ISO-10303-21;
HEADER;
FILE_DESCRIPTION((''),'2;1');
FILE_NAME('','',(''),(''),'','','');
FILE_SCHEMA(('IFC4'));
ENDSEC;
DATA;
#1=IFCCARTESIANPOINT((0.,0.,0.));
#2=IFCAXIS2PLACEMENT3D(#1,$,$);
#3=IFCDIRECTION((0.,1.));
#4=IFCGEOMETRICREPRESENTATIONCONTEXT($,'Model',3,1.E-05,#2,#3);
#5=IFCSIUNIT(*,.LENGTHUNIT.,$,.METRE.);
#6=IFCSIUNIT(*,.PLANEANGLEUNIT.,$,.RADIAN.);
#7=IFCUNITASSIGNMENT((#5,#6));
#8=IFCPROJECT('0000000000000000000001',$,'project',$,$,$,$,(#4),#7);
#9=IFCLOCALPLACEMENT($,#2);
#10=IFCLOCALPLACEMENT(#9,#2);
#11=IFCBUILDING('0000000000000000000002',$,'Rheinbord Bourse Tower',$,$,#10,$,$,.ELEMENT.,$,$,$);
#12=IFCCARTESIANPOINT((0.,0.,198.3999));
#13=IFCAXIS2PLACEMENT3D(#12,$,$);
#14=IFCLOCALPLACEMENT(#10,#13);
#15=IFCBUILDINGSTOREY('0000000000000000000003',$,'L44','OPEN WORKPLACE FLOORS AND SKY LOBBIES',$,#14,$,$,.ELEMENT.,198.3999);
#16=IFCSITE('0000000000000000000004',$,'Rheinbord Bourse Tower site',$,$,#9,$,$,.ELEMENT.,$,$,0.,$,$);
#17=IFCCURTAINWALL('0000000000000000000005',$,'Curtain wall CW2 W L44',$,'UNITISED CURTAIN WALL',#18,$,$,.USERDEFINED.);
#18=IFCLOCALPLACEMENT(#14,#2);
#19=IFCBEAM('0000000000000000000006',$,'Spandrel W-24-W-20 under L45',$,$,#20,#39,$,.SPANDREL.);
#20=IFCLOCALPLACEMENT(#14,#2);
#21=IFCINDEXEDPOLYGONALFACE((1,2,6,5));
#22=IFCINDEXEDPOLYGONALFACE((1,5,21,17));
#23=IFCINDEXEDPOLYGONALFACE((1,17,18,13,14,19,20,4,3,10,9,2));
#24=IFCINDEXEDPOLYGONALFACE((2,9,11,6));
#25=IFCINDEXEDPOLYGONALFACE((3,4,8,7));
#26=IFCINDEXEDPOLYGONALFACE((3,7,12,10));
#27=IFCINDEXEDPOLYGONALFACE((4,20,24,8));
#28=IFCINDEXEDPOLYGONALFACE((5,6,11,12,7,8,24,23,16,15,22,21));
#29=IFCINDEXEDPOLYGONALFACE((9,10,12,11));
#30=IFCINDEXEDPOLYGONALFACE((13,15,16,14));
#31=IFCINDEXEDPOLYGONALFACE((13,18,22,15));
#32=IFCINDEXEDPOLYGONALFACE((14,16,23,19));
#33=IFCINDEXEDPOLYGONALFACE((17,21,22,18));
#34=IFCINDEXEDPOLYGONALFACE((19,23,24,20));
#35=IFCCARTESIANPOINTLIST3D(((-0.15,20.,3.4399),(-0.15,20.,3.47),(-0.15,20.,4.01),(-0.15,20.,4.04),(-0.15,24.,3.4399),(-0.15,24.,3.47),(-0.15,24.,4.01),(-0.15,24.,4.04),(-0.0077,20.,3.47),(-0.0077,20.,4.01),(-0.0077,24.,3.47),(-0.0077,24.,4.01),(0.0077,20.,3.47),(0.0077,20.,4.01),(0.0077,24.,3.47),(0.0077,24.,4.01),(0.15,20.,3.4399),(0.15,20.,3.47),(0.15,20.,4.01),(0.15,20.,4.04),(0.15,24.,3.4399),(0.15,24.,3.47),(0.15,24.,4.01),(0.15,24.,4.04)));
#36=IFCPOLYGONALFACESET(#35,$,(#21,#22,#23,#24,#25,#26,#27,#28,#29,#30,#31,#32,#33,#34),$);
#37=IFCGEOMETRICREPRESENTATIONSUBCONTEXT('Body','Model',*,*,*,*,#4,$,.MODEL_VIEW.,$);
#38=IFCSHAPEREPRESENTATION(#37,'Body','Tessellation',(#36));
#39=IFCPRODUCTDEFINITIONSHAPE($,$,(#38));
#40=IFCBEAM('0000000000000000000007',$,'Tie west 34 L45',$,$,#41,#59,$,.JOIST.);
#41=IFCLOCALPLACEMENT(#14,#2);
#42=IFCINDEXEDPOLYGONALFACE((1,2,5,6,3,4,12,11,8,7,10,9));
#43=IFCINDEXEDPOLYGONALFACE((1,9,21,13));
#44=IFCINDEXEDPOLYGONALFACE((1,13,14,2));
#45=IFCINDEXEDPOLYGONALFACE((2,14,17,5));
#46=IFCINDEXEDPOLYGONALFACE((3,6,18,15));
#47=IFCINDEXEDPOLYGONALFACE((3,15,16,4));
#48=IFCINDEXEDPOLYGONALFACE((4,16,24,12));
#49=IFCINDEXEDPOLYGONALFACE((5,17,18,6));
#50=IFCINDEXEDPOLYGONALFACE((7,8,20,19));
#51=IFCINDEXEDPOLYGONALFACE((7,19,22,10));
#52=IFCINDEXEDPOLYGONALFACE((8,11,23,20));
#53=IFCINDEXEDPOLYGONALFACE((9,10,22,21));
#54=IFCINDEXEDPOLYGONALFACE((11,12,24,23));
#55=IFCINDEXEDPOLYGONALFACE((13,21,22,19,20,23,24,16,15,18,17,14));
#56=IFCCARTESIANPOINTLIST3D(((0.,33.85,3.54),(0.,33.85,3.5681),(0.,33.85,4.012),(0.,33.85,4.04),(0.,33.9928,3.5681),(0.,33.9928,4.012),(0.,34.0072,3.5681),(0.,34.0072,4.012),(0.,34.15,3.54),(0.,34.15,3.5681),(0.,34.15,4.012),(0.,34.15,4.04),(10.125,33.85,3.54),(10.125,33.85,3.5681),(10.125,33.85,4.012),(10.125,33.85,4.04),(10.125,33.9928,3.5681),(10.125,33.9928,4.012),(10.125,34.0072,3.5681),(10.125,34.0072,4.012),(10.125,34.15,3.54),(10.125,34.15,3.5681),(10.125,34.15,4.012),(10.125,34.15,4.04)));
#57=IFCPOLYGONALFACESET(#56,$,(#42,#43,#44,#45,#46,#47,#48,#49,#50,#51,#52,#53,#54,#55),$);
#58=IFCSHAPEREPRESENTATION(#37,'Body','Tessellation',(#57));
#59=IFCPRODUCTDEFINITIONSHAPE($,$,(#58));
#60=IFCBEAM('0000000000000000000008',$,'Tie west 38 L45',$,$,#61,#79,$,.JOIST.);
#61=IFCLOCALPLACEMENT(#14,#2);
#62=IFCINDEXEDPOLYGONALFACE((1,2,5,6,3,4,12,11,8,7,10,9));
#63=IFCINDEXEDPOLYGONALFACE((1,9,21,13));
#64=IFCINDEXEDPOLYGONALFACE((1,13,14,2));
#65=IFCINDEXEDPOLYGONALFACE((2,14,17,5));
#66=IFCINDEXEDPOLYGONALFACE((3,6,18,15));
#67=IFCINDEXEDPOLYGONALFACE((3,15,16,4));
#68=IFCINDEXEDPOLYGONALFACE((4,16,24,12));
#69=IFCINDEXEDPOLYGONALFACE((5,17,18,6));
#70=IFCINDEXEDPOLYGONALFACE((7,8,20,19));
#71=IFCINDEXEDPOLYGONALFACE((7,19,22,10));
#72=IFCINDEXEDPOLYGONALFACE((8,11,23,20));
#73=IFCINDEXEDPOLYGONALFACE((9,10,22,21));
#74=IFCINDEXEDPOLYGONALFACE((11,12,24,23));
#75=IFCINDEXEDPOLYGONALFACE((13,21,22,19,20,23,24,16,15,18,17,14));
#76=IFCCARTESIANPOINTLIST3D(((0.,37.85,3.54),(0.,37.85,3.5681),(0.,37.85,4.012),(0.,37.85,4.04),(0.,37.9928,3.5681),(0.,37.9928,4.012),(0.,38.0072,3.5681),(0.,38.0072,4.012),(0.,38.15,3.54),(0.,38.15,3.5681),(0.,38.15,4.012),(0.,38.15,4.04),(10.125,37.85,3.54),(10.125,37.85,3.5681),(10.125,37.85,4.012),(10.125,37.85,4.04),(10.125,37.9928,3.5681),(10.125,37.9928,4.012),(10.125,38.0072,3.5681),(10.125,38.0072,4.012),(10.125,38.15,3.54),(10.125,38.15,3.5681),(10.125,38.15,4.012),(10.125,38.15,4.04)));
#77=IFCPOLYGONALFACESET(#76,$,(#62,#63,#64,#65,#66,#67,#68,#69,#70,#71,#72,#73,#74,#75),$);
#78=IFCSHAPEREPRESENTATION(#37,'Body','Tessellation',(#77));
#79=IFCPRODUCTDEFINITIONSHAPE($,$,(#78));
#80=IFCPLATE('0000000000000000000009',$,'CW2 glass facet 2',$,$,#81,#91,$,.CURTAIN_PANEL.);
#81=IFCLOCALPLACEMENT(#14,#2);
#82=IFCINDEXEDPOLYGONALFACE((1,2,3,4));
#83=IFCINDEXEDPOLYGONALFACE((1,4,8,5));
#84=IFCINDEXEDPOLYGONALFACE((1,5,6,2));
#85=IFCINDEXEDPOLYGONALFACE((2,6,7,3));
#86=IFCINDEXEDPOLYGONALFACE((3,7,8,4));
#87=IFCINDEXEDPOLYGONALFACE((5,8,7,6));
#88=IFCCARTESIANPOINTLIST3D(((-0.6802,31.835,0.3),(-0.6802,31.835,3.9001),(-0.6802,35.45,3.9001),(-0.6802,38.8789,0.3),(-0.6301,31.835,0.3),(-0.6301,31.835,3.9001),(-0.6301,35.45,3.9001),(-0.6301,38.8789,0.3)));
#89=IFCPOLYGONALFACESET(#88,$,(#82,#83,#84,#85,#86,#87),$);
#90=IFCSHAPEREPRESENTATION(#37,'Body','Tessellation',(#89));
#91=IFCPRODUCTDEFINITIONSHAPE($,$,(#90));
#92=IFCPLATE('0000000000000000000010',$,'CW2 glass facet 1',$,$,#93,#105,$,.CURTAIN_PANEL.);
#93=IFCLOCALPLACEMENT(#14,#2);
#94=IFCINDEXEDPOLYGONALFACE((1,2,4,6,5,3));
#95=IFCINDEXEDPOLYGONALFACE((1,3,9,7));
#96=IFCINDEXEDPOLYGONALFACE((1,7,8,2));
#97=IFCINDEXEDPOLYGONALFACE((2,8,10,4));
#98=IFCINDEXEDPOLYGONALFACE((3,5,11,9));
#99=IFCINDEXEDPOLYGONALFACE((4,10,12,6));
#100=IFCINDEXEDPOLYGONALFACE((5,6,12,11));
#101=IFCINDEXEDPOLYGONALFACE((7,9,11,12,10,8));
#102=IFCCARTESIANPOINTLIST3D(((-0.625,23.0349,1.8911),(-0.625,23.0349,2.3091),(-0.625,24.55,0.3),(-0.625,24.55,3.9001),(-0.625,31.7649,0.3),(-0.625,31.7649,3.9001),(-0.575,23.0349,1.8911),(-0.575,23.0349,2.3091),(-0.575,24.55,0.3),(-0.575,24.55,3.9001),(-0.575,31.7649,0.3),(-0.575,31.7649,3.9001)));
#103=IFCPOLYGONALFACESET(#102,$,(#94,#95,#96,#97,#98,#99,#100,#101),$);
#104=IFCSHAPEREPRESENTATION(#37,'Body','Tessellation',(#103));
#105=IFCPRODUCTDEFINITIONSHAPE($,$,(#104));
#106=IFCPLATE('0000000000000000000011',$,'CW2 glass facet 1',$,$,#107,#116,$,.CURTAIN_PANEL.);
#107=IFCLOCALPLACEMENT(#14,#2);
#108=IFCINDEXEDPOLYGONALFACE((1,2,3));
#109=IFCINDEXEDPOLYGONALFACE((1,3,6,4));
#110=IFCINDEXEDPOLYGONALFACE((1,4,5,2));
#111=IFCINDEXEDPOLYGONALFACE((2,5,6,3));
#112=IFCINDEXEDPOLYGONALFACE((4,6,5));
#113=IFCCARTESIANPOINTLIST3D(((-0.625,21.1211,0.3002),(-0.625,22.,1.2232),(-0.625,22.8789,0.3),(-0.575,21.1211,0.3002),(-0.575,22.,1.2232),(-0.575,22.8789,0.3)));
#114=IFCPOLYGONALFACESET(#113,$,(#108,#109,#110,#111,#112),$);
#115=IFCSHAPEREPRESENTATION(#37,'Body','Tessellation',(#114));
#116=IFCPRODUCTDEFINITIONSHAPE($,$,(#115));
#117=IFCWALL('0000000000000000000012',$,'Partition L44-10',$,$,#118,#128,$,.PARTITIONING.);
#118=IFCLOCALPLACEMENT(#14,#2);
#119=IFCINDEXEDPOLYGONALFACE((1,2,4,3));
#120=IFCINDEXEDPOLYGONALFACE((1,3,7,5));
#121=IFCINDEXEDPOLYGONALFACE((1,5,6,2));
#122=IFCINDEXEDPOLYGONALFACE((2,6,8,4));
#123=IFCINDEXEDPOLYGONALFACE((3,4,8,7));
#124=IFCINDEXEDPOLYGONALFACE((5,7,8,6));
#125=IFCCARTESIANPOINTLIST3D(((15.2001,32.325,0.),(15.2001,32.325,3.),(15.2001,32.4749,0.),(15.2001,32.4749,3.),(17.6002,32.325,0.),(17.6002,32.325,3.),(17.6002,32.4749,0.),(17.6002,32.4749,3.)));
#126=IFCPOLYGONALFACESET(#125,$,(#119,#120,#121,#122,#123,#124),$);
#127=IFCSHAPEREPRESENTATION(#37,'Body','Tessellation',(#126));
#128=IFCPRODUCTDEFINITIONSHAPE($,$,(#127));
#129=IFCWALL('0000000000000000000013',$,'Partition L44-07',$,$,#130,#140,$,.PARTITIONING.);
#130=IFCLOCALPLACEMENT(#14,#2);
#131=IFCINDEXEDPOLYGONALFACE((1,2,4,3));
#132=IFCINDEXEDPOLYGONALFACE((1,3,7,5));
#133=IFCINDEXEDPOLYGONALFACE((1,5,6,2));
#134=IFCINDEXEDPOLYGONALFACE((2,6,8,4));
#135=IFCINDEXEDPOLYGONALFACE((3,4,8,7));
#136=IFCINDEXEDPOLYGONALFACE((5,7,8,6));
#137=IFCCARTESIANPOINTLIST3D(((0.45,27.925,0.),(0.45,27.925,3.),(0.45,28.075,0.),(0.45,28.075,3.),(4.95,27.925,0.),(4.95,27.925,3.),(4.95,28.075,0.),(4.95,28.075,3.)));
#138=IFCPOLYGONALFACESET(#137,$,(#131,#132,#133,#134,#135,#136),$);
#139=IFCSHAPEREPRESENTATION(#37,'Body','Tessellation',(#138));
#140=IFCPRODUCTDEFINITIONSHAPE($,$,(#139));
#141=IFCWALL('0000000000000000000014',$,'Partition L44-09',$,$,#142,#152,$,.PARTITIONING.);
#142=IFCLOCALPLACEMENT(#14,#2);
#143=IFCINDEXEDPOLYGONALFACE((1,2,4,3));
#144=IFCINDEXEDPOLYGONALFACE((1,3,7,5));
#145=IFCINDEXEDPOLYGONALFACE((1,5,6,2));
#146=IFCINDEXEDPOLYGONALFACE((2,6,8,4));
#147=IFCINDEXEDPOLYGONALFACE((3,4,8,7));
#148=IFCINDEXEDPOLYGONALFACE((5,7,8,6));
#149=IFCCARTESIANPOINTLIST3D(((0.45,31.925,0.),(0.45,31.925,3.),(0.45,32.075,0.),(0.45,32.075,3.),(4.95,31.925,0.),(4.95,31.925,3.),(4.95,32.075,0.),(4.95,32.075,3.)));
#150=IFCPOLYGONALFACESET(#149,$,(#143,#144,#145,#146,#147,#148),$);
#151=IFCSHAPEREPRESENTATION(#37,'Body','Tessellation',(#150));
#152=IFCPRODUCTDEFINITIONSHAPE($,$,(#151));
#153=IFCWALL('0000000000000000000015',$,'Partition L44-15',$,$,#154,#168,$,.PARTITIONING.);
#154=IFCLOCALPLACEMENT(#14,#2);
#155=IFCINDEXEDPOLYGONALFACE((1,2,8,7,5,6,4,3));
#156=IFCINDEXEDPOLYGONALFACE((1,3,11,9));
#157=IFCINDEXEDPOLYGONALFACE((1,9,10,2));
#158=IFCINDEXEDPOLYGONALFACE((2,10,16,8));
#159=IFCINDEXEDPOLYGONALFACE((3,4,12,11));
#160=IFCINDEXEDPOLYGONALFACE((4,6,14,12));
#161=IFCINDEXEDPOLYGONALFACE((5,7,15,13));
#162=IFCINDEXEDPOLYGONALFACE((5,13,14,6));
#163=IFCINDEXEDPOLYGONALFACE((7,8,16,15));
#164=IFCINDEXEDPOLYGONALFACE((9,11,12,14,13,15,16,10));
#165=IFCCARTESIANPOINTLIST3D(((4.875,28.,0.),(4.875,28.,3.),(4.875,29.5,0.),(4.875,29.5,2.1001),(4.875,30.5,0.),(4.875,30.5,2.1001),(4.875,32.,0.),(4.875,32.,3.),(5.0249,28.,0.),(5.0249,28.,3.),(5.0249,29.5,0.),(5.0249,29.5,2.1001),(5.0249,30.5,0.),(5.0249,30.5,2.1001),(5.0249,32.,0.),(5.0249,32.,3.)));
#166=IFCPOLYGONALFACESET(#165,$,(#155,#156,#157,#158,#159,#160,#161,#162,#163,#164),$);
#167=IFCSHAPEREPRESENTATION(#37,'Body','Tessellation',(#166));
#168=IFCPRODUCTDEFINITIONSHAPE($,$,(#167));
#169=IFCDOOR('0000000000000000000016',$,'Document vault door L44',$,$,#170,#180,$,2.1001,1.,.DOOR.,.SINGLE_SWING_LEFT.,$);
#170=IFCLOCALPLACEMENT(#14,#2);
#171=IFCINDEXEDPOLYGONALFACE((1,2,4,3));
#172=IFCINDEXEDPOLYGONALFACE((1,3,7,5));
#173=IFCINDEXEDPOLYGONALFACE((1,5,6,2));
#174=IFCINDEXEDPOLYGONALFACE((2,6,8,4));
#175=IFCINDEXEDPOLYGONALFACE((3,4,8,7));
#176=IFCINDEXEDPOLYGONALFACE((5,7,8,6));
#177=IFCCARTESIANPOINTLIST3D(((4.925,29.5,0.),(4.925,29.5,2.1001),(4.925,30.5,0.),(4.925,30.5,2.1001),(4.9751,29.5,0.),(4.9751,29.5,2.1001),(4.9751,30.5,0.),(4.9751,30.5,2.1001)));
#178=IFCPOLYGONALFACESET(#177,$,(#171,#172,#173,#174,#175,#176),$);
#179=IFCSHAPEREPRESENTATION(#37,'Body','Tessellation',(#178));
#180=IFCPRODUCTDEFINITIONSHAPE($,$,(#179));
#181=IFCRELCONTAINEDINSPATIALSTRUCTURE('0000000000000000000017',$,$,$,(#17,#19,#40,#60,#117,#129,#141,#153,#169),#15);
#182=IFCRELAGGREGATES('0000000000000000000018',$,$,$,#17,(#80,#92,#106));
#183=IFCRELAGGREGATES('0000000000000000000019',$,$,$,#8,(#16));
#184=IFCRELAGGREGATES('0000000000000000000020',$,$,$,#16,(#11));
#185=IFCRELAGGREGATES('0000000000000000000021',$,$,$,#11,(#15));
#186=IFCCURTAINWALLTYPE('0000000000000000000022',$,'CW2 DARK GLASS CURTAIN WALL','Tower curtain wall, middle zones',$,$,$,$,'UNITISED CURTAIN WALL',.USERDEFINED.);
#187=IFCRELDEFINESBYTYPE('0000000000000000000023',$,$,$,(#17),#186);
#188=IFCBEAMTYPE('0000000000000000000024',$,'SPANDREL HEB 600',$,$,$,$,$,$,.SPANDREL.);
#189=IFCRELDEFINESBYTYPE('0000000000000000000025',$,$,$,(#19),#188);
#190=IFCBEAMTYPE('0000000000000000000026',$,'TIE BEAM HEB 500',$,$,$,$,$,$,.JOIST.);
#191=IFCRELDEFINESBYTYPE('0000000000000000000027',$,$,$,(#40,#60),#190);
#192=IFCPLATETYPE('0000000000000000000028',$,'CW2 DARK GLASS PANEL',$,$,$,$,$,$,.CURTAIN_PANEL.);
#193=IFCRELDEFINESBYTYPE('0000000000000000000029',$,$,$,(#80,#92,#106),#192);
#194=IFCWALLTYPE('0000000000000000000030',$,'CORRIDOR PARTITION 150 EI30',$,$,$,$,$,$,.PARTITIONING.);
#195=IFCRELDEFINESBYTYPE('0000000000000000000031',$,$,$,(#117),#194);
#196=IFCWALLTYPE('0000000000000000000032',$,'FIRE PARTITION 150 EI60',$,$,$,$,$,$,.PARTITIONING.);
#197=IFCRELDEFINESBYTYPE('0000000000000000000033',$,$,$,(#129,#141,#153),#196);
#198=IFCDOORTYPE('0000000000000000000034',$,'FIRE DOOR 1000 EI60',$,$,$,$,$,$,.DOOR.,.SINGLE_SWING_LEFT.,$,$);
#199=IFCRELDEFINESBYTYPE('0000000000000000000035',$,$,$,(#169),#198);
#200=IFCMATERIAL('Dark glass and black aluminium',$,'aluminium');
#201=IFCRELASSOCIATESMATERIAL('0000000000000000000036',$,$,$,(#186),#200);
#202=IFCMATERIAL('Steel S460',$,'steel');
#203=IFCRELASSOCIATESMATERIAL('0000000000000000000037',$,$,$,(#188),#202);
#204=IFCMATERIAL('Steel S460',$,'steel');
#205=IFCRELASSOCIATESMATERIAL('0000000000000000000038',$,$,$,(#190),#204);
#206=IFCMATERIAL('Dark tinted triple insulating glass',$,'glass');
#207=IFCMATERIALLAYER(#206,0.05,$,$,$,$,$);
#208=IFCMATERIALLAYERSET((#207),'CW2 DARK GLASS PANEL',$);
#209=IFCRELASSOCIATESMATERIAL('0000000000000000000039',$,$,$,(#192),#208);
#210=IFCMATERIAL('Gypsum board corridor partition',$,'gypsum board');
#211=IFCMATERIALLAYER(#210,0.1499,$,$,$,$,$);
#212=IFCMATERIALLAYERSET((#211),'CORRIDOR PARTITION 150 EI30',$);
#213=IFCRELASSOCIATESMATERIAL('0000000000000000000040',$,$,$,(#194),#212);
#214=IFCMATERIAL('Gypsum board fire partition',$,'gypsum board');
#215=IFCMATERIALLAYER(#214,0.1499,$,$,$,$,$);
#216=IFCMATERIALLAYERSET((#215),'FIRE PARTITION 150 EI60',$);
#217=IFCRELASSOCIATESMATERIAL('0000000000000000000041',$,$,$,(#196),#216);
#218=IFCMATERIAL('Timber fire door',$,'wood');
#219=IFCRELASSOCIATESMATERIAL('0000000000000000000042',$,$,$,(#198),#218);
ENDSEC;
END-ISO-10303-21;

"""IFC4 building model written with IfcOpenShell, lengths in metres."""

from ifc_helpers import new_model, si_unit, direction, frame, frame_2d, origin, origin_2d, place, context, subcontext, project, spatial, polyline, rectangle, i_section, outline, extrude, material, layer, layer_set, material_profile, profile_set, type_object, element, fill, aggregate, save


model = new_model("IFC4")

# Units and contexts
model_context = context("Model", 3, precision=1e-05, world=origin(), true_north=direction((0.0, 1.0)))
body_context = subcontext(model_context, "Body", "Model", "MODEL_VIEW")
ifc_project = project(units=[si_unit("LENGTHUNIT", "METRE"), si_unit("PLANEANGLEUNIT", "RADIAN")], contexts=[model_context])

# Site, building, storey
site_placement = place(None, origin())
site = spatial("IfcSite", under=ifc_project, at=site_placement, Name="Rheinbord Bourse Tower site", CompositionType="ELEMENT", RefElevation=0.0)
building_placement = place(site_placement, origin())
building = spatial("IfcBuilding", under=site, at=building_placement, Name="Rheinbord Bourse Tower", CompositionType="ELEMENT")
storey_placement = place(building_placement, frame((0.0, 0.0, 198.3999)))
storey = spatial("IfcBuildingStorey", under=building, at=storey_placement, Name="L44", Description="OPEN WORKPLACE FLOORS AND SKY LOBBIES", CompositionType="ELEMENT", Elevation=198.3999)

# Curtain wall
ifc_material_1 = material(Name="Dark glass and black aluminium", Category="aluminium")
curtain_wall_type = type_object("IfcCurtainWallType", Name="CW2 DARK GLASS CURTAIN WALL", Description="Tower curtain wall, middle zones", ElementType="UNITISED CURTAIN WALL", PredefinedType="USERDEFINED", material=ifc_material_1)
curtain_wall_placement = place(storey_placement, origin())
curtain_wall = element("IfcCurtainWall", 1, at=curtain_wall_placement, inside=storey, type_object=curtain_wall_type, Name="Curtain wall CW2 W L44", ObjectType="UNITISED CURTAIN WALL", PredefinedType="USERDEFINED")

# Beams
ifc_material_2 = material(Name="Steel S460", Category="steel")
ifc_material_profile_1 = material_profile(ifc_material_2, i_section(OverallWidth=0.3, OverallDepth=0.6001, WebThickness=0.0154, FlangeThickness=0.03, at=origin_2d()), Name="HEB 600")
ifc_profile_set_1 = profile_set([ifc_material_profile_1], Name="Steel S460")
beam_type_1 = type_object("IfcBeamType", Name="SPANDREL HEB 600", PredefinedType="SPANDREL", material=ifc_profile_set_1)
for number, where, z_axis, x_axis, name in (
    (2, (0.0, 24.0, 3.74), (0.0, -1.0, 0.0), (1.0, 0.0, 0.0), "Spandrel W-24-W-20 under L45"),
):
    element("IfcBeam", number, at=place(storey_placement, frame(where, z_axis=z_axis, x_axis=x_axis)), inside=storey, type_object=beam_type_1, Name=name, PredefinedType="SPANDREL", context=body_context, shape_type="SweptSolid", body=[
        extrude(i_section(OverallWidth=0.3, OverallDepth=0.6001, WebThickness=0.0154, FlangeThickness=0.03, at=origin_2d()), origin(), (0.0, 0.0, 1.0), 4.0),
    ])
ifc_material_3 = material(Name="Steel S460", Category="steel")
ifc_material_profile_2 = material_profile(ifc_material_3, i_section(OverallWidth=0.3, OverallDepth=0.5, WebThickness=0.0144, FlangeThickness=0.0281, at=origin_2d()), Name="HEB 500")
ifc_profile_set_2 = profile_set([ifc_material_profile_2], Name="Steel S460")
beam_type_2 = type_object("IfcBeamType", Name="TIE BEAM HEB 500", PredefinedType="JOIST", material=ifc_profile_set_2)
for number, where, z_axis, x_axis, name in (
    (3, (0.0, 34.0, 3.79), (1.0, 0.0, 0.0), (0.0, 1.0, 0.0), "Tie west 34 L45"),
    (4, (0.0, 38.0, 3.79), (1.0, 0.0, 0.0), (0.0, 1.0, 0.0), "Tie west 38 L45"),
):
    element("IfcBeam", number, at=place(storey_placement, frame(where, z_axis=z_axis, x_axis=x_axis)), inside=storey, type_object=beam_type_2, Name=name, PredefinedType="JOIST", context=body_context, shape_type="SweptSolid", body=[
        extrude(i_section(OverallWidth=0.3, OverallDepth=0.5, WebThickness=0.0144, FlangeThickness=0.0281, at=origin_2d()), origin(), (0.0, 0.0, 1.0), 10.125),
    ])

# Plates
ifc_material_4 = material(Name="Dark tinted triple insulating glass", Category="glass")
ifc_layer_1 = layer(ifc_material_4, 0.05)
ifc_layer_set_1 = layer_set([ifc_layer_1], Name="CW2 DARK GLASS PANEL")
plate_type = type_object("IfcPlateType", Name="CW2 DARK GLASS PANEL", PredefinedType="CURTAIN_PANEL", material=ifc_layer_set_1)
plate_1_placement = place(storey_placement, frame((-0.6802, 31.835, 3.9001), z_axis=(1.0, 0.0, 0.0), x_axis=(0.0, 0.0, -1.0)))
plate_1 = element("IfcPlate", 5, at=plate_1_placement, type_object=plate_type, Name="CW2 glass facet 2", PredefinedType="CURTAIN_PANEL", context=body_context, shape_type="SweptSolid", body=[
    extrude(outline(polyline([(0.0, 0.0), (3.6001, 0.0), (3.6001, 7.0439), (0.0, 3.615), (0.0, 0.0)])), origin(), (0.0, 0.0, 1.0), 0.05),
])
plate_2_placement = place(storey_placement, frame((-0.625, 31.7649, 0.3), z_axis=(1.0, 0.0, 0.0), x_axis=(0.0, 0.0, 1.0)))
plate_2 = element("IfcPlate", 6, at=plate_2_placement, type_object=plate_type, Name="CW2 glass facet 1", PredefinedType="CURTAIN_PANEL", context=body_context, shape_type="SweptSolid", body=[
    extrude(outline(polyline([(0.0, 0.0), (3.6001, 0.0), (3.6001, 7.2148), (2.009, 8.73), (1.5911, 8.73), (0.0, 7.2148), (0.0, 0.0)])), origin(), (0.0, 0.0, 1.0), 0.05),
])
plate_3_placement = place(storey_placement, frame((-0.625, 22.8789, 0.3), z_axis=(1.0, 0.0, 0.0), x_axis=(0.0, -0.68956, 0.724229)))
plate_3 = element("IfcPlate", 7, at=plate_3_placement, type_object=plate_type, Name="CW2 glass facet 1", PredefinedType="CURTAIN_PANEL", context=body_context, shape_type="SweptSolid", body=[
    extrude(outline(polyline([(0.0, 0.0), (1.2747, 0.0), (1.2122, 1.2729), (0.0, 0.0)])), origin(), (0.0, 0.0, 1.0), 0.05),
])
aggregate(curtain_wall, [plate_1, plate_2, plate_3])

# Walls
ifc_material_5 = material(Name="Gypsum board corridor partition", Category="gypsum board")
ifc_layer_2 = layer(ifc_material_5, 0.1499)
ifc_layer_set_2 = layer_set([ifc_layer_2], Name="CORRIDOR PARTITION 150 EI30")
wall_type_1 = type_object("IfcWallType", Name="CORRIDOR PARTITION 150 EI30", PredefinedType="PARTITIONING", material=ifc_layer_set_2)
wall_1_placement = place(storey_placement, frame((15.2, 32.3999, 0.0), z_axis=(0.0, 0.0, 1.0), x_axis=(1.0, 0.0, 0.0)))
element("IfcWall", 8, at=wall_1_placement, inside=storey, type_object=wall_type_1, Name="Partition L44-10", PredefinedType="PARTITIONING", context=body_context, shape_type="SweptSolid", body=[
    extrude(rectangle(XDim=2.4001, YDim=0.1499, at=frame_2d((1.2002, 0.0))), origin(), (0.0, 0.0, 1.0), 3.0),
])
ifc_material_6 = material(Name="Gypsum board fire partition", Category="gypsum board")
ifc_layer_3 = layer(ifc_material_6, 0.1499)
ifc_layer_set_3 = layer_set([ifc_layer_3], Name="FIRE PARTITION 150 EI60")
wall_type_2 = type_object("IfcWallType", Name="FIRE PARTITION 150 EI60", PredefinedType="PARTITIONING", material=ifc_layer_set_3)
for number, where, z_axis, x_axis, name in (
    (9, (0.45, 28.0, 0.0), (0.0, 0.0, 1.0), (1.0, 0.0, 0.0), "Partition L44-07"),
    (10, (0.45, 32.0, 0.0), (0.0, 0.0, 1.0), (1.0, 0.0, 0.0), "Partition L44-09"),
):
    element("IfcWall", number, at=place(storey_placement, frame(where, z_axis=z_axis, x_axis=x_axis)), inside=storey, type_object=wall_type_2, Name=name, PredefinedType="PARTITIONING", context=body_context, shape_type="SweptSolid", body=[
        extrude(rectangle(XDim=4.5, YDim=0.1499, at=frame_2d((2.25, 0.0))), origin(), (0.0, 0.0, 1.0), 3.0),
    ])

# Wall, opening, door
wall_2_placement = place(storey_placement, frame((4.95, 28.0, 0.0), z_axis=(0.0, 0.0, 1.0), x_axis=(0.0, 1.0, 0.0)))
wall_2 = element("IfcWall", 11, at=wall_2_placement, inside=storey, type_object=wall_type_2, Name="Partition L44-15", PredefinedType="PARTITIONING", context=body_context, shape_type="SweptSolid", body=[
    extrude(rectangle(XDim=4.0, YDim=0.1499, at=frame_2d((2.0, 0.0))), origin(), (0.0, 0.0, 1.0), 3.0),
])
opening_1_placement = place(wall_2_placement, frame((1.5, 0.0, 0.0)))
opening_1 = element("IfcOpeningElement", 12, at=opening_1_placement, cuts=wall_2, PredefinedType="OPENING", context=body_context, shape_type="SweptSolid", body=[
    extrude(rectangle(XDim=1.0, YDim=2.1001, at=frame_2d((0.5, 1.05))), frame((0.0, 0.085, 0.0), z_axis=(0.0, -1.0, 0.0), x_axis=(1.0, 0.0, 0.0)), (0.0, 0.0, 1.0), 0.1699),
])
ifc_material_7 = material(Name="Timber fire door", Category="wood")
door_type_1 = type_object("IfcDoorType", Name="FIRE DOOR 1000 EI60", OperationType="SINGLE_SWING_LEFT", PredefinedType="DOOR", material=ifc_material_7)
door_1_placement = place(opening_1_placement, origin())
door_1 = element("IfcDoor", 13, at=door_1_placement, inside=storey, type_object=door_type_1, Name="Document vault door L44", OperationType="SINGLE_SWING_LEFT", OverallHeight=2.1001, OverallWidth=1.0, PredefinedType="DOOR", context=body_context, shape_type="SweptSolid", body=[
    extrude(rectangle(XDim=1.0, YDim=2.1001, at=frame_2d((0.5, 1.05))), frame((0.0, 0.0249, 0.0), z_axis=(0.0, -1.0, 0.0), x_axis=(1.0, 0.0, 0.0)), (0.0, 0.0, 1.0), 0.05),
])
fill(opening_1, door_1)

save(model, "model.ifc")
